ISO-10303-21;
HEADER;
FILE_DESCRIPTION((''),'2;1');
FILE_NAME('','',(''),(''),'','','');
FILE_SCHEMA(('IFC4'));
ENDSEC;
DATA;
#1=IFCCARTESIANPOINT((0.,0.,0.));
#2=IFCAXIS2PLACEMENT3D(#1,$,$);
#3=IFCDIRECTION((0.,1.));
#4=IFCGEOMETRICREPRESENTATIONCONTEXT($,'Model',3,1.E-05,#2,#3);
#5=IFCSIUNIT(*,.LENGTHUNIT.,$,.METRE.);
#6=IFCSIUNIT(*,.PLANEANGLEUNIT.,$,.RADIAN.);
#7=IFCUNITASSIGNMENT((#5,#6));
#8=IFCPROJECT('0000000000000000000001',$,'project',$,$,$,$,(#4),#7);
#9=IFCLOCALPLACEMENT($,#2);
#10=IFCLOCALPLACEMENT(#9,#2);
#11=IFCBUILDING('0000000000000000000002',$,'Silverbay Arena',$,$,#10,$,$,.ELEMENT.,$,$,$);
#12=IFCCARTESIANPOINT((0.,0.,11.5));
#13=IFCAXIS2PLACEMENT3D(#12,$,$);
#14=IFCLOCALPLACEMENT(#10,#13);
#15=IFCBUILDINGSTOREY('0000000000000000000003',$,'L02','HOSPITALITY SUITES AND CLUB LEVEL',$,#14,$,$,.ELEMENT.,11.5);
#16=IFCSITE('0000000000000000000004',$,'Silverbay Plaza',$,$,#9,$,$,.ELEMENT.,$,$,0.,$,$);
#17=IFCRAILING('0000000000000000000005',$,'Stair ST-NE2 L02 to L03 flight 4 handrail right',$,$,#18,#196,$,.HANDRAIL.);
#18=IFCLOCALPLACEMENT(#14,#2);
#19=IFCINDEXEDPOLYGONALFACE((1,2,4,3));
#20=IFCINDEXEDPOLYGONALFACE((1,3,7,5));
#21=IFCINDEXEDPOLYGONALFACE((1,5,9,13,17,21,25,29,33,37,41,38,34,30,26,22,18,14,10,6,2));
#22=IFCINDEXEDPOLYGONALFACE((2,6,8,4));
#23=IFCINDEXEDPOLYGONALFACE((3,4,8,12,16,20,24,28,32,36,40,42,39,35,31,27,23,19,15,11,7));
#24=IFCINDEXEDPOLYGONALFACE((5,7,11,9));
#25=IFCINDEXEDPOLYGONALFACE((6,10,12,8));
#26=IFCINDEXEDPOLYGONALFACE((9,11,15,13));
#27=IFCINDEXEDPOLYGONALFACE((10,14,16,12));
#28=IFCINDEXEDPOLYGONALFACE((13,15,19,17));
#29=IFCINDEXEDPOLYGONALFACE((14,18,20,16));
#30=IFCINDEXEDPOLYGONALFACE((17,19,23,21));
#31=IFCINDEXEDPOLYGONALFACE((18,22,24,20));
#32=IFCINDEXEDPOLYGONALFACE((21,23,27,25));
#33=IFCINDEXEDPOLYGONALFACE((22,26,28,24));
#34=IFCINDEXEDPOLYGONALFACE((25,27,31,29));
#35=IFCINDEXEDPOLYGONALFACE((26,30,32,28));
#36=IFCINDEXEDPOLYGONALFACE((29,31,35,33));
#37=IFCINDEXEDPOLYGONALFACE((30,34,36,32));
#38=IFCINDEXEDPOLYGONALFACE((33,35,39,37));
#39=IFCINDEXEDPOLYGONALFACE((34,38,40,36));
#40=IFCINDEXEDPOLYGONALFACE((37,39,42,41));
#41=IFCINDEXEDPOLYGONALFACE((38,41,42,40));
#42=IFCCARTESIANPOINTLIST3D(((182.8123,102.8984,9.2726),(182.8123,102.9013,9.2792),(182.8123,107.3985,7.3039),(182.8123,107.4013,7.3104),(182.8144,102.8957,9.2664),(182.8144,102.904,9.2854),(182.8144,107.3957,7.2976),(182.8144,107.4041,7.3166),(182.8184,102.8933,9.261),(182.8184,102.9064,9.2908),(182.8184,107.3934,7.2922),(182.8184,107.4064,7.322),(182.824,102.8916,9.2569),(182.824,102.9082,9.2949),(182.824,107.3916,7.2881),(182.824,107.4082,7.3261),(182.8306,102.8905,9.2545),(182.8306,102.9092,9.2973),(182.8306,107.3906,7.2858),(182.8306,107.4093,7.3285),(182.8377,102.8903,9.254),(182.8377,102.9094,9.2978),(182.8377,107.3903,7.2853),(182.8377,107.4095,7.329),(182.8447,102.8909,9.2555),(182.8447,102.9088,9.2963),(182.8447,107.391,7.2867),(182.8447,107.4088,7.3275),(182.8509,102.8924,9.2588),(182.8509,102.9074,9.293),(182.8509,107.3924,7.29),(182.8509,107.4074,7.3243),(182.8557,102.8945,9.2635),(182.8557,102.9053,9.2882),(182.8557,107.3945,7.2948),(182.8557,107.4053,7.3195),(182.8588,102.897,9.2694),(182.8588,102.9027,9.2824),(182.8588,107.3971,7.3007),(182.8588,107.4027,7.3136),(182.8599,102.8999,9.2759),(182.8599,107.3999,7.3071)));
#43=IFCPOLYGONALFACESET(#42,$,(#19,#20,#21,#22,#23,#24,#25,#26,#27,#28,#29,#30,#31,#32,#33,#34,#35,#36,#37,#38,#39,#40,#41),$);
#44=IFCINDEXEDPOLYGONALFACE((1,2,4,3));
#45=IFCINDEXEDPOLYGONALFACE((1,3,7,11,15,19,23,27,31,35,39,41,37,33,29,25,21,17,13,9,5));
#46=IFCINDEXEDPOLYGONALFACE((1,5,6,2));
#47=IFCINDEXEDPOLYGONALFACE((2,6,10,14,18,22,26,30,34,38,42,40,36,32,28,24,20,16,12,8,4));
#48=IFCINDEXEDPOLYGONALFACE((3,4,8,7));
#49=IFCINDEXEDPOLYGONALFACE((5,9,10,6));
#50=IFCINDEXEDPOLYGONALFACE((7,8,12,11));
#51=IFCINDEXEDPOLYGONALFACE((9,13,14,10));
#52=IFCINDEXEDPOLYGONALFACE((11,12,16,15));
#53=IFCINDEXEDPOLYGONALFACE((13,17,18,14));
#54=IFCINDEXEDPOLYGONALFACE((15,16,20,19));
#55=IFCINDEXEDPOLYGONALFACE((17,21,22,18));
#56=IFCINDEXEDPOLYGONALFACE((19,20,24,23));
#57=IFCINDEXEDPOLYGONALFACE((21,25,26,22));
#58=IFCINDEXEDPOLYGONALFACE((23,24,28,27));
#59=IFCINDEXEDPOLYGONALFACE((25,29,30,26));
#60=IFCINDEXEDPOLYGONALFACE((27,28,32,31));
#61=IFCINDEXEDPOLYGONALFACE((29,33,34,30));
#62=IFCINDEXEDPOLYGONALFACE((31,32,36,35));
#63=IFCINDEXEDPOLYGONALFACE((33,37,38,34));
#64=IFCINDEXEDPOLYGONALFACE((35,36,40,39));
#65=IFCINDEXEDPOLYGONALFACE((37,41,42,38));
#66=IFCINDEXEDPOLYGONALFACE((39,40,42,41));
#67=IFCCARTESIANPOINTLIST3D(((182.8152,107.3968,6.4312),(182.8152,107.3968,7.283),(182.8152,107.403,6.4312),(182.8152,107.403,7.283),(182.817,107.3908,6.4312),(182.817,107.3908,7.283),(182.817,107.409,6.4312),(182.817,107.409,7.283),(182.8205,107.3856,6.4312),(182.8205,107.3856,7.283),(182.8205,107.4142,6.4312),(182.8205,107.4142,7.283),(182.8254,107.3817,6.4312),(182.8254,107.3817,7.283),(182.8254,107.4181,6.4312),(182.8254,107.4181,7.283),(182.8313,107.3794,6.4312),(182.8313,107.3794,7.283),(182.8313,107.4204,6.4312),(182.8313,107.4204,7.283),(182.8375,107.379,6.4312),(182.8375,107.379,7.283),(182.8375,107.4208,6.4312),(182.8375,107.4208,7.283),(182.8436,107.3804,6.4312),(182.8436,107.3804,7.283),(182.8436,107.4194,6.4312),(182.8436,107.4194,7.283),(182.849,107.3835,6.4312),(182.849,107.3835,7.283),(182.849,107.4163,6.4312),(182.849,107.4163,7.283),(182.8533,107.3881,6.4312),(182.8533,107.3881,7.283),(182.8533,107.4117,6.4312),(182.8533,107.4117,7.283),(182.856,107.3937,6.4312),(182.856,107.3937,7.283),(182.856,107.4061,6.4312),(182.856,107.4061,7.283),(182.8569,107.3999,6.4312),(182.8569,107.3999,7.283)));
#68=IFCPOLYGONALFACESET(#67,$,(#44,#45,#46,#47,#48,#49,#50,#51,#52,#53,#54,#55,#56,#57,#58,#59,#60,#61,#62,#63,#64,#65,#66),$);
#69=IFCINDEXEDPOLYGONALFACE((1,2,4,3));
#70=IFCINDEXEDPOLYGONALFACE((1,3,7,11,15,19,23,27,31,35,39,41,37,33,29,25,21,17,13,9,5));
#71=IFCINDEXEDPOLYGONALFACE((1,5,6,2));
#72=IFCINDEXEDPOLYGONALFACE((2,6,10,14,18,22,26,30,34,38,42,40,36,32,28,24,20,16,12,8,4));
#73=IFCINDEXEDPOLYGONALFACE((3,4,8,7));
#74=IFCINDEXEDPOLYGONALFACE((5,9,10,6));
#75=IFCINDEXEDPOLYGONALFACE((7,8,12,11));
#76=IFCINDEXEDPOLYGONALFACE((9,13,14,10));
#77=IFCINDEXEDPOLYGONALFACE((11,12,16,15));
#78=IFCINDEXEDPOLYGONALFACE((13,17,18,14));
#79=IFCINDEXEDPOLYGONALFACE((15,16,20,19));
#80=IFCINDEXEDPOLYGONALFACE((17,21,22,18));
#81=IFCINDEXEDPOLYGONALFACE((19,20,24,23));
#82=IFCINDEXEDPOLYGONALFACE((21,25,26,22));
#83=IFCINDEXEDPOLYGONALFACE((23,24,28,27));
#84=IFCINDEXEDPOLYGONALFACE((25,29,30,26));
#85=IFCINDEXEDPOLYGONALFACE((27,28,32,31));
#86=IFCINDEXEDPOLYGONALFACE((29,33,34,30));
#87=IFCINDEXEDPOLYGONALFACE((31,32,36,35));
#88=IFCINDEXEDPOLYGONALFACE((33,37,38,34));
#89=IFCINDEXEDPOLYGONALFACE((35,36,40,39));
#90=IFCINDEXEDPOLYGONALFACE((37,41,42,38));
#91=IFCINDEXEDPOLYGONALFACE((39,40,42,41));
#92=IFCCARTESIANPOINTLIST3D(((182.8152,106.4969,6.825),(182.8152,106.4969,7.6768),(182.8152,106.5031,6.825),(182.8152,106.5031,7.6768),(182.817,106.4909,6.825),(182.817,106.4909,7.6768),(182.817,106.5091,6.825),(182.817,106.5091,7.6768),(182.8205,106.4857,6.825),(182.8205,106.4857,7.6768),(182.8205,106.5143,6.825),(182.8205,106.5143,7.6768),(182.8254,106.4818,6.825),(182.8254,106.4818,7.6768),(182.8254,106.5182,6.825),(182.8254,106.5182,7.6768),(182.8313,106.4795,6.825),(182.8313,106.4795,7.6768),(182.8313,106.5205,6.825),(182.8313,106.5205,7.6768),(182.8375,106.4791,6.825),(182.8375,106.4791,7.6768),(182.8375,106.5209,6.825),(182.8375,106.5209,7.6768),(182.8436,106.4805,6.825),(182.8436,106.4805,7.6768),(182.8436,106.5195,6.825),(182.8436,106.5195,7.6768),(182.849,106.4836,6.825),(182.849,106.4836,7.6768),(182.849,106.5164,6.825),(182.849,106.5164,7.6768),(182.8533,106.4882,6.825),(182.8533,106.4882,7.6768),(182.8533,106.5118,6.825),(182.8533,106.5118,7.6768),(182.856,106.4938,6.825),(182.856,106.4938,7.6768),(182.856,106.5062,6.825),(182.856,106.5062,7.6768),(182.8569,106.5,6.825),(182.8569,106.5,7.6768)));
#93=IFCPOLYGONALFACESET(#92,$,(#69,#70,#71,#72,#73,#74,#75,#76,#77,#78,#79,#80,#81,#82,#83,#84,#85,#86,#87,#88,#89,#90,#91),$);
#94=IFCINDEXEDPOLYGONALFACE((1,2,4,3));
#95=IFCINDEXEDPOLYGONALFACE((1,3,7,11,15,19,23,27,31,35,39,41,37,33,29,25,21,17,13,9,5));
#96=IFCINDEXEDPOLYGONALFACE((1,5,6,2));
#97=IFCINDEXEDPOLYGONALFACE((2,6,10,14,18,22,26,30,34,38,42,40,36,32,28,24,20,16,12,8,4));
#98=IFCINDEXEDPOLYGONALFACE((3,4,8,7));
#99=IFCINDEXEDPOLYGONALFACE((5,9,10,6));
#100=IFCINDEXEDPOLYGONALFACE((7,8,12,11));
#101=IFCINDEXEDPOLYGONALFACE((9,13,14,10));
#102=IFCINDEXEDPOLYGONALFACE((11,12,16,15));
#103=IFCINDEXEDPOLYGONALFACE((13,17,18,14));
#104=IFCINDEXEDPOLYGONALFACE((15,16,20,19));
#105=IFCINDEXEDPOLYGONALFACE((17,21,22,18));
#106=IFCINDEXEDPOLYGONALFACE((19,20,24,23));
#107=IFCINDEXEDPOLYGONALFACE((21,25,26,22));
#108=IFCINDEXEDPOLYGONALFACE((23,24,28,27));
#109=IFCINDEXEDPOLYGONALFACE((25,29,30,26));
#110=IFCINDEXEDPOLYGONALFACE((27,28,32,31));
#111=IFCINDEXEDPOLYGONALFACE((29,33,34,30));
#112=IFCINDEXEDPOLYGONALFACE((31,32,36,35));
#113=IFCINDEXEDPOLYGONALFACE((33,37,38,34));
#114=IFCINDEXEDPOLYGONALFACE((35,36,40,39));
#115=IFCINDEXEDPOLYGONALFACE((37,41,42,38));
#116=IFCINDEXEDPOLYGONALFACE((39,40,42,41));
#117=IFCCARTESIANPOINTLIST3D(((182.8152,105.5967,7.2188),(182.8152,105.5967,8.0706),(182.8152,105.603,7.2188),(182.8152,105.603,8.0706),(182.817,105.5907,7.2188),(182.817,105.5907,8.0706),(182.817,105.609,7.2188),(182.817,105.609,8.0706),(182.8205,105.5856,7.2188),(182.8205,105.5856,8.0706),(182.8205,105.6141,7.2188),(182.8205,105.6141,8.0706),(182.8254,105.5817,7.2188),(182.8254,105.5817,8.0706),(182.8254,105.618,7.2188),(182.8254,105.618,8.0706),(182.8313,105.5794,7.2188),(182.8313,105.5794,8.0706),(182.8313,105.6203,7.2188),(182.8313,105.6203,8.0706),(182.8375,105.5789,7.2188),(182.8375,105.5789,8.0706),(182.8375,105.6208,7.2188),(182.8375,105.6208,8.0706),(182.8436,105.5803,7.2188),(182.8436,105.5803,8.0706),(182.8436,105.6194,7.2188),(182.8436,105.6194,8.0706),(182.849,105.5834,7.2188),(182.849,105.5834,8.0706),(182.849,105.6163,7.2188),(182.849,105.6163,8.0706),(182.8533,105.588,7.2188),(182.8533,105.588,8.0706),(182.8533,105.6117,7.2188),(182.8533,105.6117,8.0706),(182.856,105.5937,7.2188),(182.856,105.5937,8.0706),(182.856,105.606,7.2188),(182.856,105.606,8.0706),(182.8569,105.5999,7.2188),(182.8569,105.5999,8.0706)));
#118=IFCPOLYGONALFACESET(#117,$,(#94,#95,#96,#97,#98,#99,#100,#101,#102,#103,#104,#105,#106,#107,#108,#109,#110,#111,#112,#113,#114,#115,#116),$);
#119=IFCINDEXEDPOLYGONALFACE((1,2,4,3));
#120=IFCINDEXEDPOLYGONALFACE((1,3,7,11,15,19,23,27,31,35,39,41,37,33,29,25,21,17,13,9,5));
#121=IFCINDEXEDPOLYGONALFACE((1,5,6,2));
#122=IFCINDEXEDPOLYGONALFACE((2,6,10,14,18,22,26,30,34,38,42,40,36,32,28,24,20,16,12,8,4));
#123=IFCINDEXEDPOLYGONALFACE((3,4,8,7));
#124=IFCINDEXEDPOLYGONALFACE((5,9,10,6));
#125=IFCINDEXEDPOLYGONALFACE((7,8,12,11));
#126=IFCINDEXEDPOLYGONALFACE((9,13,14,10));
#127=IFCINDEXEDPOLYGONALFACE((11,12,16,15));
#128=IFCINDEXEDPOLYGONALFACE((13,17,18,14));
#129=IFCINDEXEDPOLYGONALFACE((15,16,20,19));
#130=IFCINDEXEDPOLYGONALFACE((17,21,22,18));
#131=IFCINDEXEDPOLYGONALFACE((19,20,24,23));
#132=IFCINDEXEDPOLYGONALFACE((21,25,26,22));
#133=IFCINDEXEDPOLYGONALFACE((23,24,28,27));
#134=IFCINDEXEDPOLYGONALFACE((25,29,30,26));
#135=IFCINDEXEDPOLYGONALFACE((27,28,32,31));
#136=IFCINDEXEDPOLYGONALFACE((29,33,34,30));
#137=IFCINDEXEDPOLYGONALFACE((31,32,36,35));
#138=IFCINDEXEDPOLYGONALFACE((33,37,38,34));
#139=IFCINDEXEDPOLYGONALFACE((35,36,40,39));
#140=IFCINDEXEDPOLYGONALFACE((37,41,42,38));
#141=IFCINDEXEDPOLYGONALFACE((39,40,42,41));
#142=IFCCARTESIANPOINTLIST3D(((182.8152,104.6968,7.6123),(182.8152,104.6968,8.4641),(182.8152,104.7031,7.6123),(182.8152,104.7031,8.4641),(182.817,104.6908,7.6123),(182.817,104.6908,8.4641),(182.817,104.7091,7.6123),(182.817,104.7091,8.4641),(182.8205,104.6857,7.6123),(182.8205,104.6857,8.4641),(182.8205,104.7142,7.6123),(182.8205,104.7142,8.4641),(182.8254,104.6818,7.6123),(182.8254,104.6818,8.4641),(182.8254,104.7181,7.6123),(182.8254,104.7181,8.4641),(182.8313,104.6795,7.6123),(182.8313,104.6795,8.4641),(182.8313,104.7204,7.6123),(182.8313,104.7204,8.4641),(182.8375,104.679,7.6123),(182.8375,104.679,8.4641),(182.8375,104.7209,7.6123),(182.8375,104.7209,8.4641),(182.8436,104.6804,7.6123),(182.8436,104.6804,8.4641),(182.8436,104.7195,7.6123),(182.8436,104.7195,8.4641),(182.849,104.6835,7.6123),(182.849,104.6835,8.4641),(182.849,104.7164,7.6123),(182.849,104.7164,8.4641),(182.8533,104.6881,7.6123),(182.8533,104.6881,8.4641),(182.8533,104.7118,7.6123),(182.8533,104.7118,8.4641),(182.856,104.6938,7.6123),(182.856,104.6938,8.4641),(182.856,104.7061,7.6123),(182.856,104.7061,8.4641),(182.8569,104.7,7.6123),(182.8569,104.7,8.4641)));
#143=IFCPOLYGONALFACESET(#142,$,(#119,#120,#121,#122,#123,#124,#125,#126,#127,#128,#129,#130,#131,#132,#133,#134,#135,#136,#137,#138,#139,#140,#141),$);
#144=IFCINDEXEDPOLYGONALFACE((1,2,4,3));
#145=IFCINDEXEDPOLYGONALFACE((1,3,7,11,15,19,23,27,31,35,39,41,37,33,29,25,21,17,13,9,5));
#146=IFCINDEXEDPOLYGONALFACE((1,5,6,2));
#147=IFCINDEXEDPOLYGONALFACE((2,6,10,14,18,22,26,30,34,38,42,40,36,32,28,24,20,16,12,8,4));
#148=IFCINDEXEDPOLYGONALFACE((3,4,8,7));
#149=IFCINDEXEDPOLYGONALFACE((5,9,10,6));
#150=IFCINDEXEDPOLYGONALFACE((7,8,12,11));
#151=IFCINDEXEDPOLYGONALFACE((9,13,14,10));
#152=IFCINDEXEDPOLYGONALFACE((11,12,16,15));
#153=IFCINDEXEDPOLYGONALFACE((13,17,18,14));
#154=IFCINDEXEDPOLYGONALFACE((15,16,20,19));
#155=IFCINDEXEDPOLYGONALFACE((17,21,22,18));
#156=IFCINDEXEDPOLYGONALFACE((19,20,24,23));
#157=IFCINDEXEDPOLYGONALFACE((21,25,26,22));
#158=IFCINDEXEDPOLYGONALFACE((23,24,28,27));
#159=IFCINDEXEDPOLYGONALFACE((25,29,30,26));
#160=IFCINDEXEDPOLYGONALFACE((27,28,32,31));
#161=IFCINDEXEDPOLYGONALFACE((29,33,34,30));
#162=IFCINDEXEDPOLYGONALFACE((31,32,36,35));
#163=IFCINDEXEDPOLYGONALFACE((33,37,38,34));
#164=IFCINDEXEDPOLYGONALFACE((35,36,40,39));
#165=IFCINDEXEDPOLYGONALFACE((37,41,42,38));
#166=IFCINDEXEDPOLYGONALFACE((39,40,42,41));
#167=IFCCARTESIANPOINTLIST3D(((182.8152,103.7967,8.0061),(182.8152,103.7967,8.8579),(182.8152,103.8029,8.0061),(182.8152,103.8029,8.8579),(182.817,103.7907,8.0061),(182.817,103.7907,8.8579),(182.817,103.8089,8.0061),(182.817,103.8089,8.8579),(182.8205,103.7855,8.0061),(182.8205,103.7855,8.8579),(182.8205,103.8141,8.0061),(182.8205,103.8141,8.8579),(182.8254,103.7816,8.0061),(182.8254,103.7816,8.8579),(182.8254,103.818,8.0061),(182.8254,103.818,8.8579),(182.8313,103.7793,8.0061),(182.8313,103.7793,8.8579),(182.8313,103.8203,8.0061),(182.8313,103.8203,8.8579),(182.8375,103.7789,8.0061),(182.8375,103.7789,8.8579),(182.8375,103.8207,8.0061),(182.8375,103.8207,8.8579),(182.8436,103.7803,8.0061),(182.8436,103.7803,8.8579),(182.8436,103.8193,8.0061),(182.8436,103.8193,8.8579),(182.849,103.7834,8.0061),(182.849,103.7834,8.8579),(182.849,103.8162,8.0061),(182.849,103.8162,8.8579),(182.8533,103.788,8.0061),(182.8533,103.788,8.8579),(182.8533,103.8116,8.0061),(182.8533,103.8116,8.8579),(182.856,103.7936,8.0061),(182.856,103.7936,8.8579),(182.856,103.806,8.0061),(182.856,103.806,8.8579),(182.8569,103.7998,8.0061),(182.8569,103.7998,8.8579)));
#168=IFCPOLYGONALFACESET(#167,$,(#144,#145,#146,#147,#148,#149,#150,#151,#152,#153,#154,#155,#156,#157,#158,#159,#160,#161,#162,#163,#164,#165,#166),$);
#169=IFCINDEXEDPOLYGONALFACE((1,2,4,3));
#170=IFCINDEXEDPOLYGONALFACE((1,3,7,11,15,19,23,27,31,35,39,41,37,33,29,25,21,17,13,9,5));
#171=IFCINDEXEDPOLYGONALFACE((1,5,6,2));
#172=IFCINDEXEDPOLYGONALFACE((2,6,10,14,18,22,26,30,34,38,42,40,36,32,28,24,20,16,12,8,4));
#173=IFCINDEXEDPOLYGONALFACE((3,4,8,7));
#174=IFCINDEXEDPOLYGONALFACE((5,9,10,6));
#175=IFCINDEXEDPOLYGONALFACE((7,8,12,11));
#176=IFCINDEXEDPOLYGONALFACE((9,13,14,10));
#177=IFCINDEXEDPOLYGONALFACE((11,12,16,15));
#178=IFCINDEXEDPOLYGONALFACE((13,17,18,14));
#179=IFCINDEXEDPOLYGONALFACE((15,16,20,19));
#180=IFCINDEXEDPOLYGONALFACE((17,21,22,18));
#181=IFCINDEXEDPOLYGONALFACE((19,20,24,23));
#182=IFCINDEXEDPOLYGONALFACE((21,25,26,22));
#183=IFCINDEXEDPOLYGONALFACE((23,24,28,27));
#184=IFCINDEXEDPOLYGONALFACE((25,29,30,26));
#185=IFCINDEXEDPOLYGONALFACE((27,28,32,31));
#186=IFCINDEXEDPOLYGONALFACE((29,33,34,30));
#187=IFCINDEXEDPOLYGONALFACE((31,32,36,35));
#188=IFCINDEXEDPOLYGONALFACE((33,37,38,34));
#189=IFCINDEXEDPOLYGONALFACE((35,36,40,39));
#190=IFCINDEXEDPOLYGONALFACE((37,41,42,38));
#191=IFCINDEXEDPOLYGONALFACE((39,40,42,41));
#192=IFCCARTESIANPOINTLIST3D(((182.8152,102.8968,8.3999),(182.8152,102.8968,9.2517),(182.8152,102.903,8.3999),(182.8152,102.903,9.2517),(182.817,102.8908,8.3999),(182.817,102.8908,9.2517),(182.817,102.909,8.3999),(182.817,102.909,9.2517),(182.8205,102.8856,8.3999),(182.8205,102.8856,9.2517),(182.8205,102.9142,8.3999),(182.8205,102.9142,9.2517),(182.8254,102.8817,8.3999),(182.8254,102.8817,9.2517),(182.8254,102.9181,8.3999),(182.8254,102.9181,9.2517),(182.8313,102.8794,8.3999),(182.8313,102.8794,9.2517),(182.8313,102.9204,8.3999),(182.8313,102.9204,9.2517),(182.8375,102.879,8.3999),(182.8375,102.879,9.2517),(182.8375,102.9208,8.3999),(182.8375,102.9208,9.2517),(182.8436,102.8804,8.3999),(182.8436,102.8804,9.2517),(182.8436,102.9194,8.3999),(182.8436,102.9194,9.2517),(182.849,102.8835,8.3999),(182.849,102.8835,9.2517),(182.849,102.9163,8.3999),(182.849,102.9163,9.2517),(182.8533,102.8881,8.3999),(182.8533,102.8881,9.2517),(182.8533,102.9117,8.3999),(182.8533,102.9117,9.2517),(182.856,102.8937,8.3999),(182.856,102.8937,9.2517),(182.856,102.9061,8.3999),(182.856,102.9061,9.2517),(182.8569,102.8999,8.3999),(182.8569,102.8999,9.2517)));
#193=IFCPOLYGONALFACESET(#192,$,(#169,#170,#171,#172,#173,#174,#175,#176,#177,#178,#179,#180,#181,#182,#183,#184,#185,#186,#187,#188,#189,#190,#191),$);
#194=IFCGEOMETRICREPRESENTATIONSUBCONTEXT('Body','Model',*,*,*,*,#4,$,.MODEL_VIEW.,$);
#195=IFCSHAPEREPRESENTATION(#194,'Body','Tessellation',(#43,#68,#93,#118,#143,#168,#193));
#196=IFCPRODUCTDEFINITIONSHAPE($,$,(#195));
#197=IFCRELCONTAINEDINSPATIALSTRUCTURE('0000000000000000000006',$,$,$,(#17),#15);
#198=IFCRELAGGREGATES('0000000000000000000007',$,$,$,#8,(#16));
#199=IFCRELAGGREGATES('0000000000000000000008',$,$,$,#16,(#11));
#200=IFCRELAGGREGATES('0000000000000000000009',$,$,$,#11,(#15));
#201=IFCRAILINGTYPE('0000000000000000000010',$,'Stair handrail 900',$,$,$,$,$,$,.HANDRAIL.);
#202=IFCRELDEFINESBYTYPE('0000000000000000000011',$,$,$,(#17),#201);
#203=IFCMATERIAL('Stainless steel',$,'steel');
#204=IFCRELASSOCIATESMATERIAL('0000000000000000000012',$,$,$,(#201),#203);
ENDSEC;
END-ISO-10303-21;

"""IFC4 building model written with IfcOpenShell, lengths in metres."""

from ifc_helpers import new_model, si_unit, direction, frame, origin, origin_2d, place, context, subcontext, project, spatial, circle, extrude, material, type_object, element, save


model = new_model("IFC4")

# Units and contexts
model_context = context("Model", 3, precision=1e-05, world=origin(), true_north=direction((0.0, 1.0)))
body_context = subcontext(model_context, "Body", "Model", "MODEL_VIEW")
ifc_project = project(units=[si_unit("LENGTHUNIT", "METRE"), si_unit("PLANEANGLEUNIT", "RADIAN")], contexts=[model_context])

# Site, building, storey
site_placement = place(None, origin())
site = spatial("IfcSite", under=ifc_project, at=site_placement, Name="Silverbay Plaza", CompositionType="ELEMENT", RefElevation=0.0)
building_placement = place(site_placement, origin())
building = spatial("IfcBuilding", under=site, at=building_placement, Name="Silverbay Arena", CompositionType="ELEMENT")
storey_placement = place(building_placement, frame((0.0, 0.0, 11.5)))
storey = spatial("IfcBuildingStorey", under=building, at=storey_placement, Name="L02", Description="HOSPITALITY SUITES AND CLUB LEVEL", CompositionType="ELEMENT", Elevation=11.5)

# Railing
ifc_material_1 = material(Name="Stainless steel", Category="steel")
railing_type_1 = type_object("IfcRailingType", Name="Stair handrail 900", PredefinedType="HANDRAIL", material=ifc_material_1)
for number, where, name in (
    (1, (182.8359, 107.3999, 6.4312), "Stair ST-NE2 L02 to L03 flight 4 handrail right"),
):
    element("IfcRailing", number, at=place(storey_placement, frame(where)), inside=storey, type_object=railing_type_1, Name=name, PredefinedType="HANDRAIL", context=body_context, shape_type="SweptSolid", body=[
        extrude(circle(Radius=0.0239, at=origin_2d()), frame((0.0, 0.0, 0.876), z_axis=(0.0, -0.916157, 0.400819), x_axis=(1.0, 0.0, 0.0)), (0.0, 0.0, 1.0), 4.9119),
        extrude(circle(Radius=0.021, at=origin_2d()), origin(), (0.0, 0.0, 1.0), 0.8518),
        extrude(circle(Radius=0.021, at=origin_2d()), frame((0.0, -0.8999, 0.3938)), (0.0, 0.0, 1.0), 0.8518),
        extrude(circle(Radius=0.021, at=origin_2d()), frame((0.0, -1.8, 0.7876)), (0.0, 0.0, 1.0), 0.8518),
        extrude(circle(Radius=0.021, at=origin_2d()), frame((0.0, -2.7, 1.1812)), (0.0, 0.0, 1.0), 0.8518),
        extrude(circle(Radius=0.021, at=origin_2d()), frame((0.0, -3.6001, 1.575)), (0.0, 0.0, 1.0), 0.8518),
        extrude(circle(Radius=0.021, at=origin_2d()), frame((0.0, -4.5, 1.9688)), (0.0, 0.0, 1.0), 0.8518),
    ])

save(model, "model.ifc")
